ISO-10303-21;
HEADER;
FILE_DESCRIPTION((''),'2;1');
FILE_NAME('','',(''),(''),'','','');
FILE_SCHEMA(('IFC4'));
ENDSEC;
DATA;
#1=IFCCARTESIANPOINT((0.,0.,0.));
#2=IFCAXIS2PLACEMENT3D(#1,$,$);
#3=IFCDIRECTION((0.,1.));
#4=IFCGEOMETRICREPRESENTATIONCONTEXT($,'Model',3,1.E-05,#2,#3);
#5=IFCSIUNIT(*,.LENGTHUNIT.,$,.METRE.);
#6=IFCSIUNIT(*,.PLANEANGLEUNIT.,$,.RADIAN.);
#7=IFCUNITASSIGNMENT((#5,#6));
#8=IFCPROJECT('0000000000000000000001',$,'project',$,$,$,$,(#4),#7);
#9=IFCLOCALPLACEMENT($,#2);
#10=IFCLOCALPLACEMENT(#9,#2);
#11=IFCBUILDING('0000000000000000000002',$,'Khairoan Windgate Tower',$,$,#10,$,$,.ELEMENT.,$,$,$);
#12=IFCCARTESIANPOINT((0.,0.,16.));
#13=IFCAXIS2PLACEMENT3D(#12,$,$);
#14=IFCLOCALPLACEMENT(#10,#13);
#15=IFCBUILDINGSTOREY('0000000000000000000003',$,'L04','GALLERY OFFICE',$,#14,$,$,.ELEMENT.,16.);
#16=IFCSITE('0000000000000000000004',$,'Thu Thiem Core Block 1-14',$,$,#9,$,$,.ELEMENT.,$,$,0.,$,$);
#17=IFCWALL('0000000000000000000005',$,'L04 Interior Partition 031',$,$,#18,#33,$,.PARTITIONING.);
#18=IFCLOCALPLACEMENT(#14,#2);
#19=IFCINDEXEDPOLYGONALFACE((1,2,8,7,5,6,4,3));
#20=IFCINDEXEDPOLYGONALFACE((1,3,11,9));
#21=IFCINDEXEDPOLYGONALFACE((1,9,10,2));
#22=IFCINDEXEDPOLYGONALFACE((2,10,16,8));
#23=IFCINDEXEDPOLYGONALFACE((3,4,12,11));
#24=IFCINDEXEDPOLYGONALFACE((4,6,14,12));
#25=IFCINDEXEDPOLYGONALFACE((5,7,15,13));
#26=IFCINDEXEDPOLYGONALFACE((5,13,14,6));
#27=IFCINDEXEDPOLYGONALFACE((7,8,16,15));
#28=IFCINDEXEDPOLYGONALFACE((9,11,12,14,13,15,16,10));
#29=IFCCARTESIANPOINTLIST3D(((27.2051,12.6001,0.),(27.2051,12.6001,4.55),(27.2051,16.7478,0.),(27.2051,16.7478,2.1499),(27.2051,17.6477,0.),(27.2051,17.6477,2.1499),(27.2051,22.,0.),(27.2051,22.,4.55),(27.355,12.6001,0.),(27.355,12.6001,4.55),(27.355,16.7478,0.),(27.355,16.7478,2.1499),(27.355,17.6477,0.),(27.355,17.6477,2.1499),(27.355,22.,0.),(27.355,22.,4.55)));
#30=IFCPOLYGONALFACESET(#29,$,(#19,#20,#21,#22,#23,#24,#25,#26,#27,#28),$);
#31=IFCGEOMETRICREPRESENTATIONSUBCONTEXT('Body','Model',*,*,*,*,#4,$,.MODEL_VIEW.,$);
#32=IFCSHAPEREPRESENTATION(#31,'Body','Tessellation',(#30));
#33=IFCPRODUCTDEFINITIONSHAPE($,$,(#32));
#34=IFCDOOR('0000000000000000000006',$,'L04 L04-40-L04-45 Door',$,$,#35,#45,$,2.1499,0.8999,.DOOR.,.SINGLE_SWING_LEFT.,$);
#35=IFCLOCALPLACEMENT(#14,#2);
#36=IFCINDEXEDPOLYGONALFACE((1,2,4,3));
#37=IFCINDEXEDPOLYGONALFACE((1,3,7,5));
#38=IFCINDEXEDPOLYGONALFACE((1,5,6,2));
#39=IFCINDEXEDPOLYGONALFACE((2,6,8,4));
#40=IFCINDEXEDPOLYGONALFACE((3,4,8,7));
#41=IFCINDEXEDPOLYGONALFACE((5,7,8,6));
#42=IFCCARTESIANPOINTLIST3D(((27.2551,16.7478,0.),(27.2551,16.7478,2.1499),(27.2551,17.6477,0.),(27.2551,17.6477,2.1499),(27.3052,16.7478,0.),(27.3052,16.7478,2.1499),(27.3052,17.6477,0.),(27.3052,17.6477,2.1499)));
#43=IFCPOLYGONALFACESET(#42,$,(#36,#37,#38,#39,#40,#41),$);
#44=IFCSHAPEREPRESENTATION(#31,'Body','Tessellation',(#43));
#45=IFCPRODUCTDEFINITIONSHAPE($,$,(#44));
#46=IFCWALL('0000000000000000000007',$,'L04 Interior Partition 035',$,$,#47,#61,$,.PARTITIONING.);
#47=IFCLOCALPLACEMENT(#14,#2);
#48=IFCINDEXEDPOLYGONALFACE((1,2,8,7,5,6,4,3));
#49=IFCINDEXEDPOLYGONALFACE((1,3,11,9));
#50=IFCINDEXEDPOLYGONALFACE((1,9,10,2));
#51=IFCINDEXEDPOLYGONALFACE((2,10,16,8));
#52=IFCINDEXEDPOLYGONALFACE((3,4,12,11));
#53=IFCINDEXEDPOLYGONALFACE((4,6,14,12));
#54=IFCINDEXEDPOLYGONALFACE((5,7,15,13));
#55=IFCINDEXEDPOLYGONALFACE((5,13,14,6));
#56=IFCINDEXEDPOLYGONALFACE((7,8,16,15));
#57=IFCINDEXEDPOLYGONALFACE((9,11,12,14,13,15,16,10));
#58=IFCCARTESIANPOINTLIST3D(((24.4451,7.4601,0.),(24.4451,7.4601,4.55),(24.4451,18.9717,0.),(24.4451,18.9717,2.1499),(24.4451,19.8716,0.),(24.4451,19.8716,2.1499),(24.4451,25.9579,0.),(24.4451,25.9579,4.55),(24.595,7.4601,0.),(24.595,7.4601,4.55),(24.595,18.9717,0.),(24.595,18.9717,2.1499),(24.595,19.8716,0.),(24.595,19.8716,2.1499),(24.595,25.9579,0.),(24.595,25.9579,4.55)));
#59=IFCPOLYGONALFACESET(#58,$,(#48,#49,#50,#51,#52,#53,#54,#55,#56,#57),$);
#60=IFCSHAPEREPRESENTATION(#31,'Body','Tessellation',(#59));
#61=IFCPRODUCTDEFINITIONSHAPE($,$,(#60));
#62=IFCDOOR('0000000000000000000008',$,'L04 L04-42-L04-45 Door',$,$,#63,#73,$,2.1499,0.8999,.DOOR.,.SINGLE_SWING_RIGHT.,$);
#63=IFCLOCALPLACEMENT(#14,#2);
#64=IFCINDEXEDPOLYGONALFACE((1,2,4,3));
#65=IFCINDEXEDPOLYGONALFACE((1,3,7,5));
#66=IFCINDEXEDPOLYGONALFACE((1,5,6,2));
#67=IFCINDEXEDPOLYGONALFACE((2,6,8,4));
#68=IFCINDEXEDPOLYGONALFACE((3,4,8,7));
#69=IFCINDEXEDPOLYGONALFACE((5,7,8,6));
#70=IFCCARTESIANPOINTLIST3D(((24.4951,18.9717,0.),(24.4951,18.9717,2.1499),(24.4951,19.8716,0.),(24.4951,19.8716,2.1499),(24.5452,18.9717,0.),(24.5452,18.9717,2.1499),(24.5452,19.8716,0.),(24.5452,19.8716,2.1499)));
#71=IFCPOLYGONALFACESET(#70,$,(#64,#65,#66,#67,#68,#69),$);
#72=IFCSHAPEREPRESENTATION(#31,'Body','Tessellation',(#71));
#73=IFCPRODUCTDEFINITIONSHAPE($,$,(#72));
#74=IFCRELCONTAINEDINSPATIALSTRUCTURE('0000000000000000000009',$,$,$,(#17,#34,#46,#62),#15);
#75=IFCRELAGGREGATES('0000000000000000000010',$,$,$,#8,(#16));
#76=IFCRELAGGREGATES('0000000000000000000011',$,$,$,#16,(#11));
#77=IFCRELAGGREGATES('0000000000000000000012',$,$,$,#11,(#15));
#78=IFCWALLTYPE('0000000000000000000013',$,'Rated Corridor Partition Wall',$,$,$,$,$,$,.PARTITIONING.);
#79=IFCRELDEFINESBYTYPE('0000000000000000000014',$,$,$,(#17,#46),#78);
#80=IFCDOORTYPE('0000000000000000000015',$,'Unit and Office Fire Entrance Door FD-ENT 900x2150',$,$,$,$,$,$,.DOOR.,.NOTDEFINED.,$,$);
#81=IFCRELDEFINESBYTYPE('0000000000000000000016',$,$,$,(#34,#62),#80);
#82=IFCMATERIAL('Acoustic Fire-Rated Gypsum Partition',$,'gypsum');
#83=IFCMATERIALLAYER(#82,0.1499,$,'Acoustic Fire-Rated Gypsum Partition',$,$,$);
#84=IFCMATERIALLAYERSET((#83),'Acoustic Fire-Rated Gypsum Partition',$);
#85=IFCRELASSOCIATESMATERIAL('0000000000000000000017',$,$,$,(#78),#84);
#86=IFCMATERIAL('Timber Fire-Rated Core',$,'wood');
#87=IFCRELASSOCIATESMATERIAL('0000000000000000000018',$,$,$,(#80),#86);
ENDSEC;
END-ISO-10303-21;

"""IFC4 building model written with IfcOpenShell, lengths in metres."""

from ifc_helpers import new_model, si_unit, direction, frame, frame_2d, origin, place, context, subcontext, project, spatial, rectangle, extrude, material, layer, layer_set, type_object, element, fill, save


model = new_model("IFC4")

# Units and contexts
model_context = context("Model", 3, precision=1e-05, world=origin(), true_north=direction((0.0, 1.0)))
body_context = subcontext(model_context, "Body", "Model", "MODEL_VIEW")
ifc_project = project(units=[si_unit("LENGTHUNIT", "METRE"), si_unit("PLANEANGLEUNIT", "RADIAN")], contexts=[model_context])

# Site, building, storey
site_placement = place(None, origin())
site = spatial("IfcSite", under=ifc_project, at=site_placement, Name="Thu Thiem Core Block 1-14", CompositionType="ELEMENT", RefElevation=0.0)
building_placement = place(site_placement, origin())
building = spatial("IfcBuilding", under=site, at=building_placement, Name="Khairoan Windgate Tower", CompositionType="ELEMENT")
storey_placement = place(building_placement, frame((0.0, 0.0, 16.0)))
storey = spatial("IfcBuildingStorey", under=building, at=storey_placement, Name="L04", Description="GALLERY OFFICE", CompositionType="ELEMENT", Elevation=16.0)

# Walls, openings, doors
ifc_material_1 = material(Name="Acoustic Fire-Rated Gypsum Partition", Category="gypsum")
ifc_layer_1 = layer(ifc_material_1, 0.1499, Name="Acoustic Fire-Rated Gypsum Partition")
ifc_layer_set_1 = layer_set([ifc_layer_1], Name="Acoustic Fire-Rated Gypsum Partition")
wall_type_1 = type_object("IfcWallType", Name="Rated Corridor Partition Wall", PredefinedType="PARTITIONING", material=ifc_layer_set_1)
wall_1_placement = place(storey_placement, frame((27.28, 12.6001, 0.0), z_axis=(0.0, 0.0, 1.0), x_axis=(0.0, 1.0, 0.0)))
wall_1 = element("IfcWall", 1, at=wall_1_placement, inside=storey, type_object=wall_type_1, Name="L04 Interior Partition 031", PredefinedType="PARTITIONING", context=body_context, shape_type="SweptSolid", body=[
    extrude(rectangle(XDim=9.3999, YDim=0.1499, at=frame_2d((4.7, 0.0))), origin(), (0.0, 0.0, 1.0), 4.55),
])
opening_1_placement = place(wall_1_placement, frame((4.1477, 0.0, 0.0)))
opening_1 = element("IfcOpeningElement", 2, at=opening_1_placement, cuts=wall_1, PredefinedType="OPENING", context=body_context, shape_type="SweptSolid", body=[
    extrude(rectangle(XDim=0.8999, YDim=2.1499, at=frame_2d((0.45, 1.075))), frame((0.0, 0.085, 0.0), z_axis=(0.0, -1.0, 0.0), x_axis=(1.0, 0.0, 0.0)), (0.0, 0.0, 1.0), 0.1699),
])
ifc_material_2 = material(Name="Timber Fire-Rated Core", Category="wood")
door_type = type_object("IfcDoorType", Name="Unit and Office Fire Entrance Door FD-ENT 900x2150", OperationType="NOTDEFINED", PredefinedType="DOOR", material=ifc_material_2)
door_1_placement = place(opening_1_placement, origin())
door_1 = element("IfcDoor", 3, at=door_1_placement, inside=storey, type_object=door_type, Name="L04 L04-40-L04-45 Door", OperationType="SINGLE_SWING_LEFT", OverallHeight=2.1499, OverallWidth=0.8999, PredefinedType="DOOR", context=body_context, shape_type="SweptSolid", body=[
    extrude(rectangle(XDim=0.8999, YDim=2.1499, at=frame_2d((0.45, 1.075))), frame((0.0, 0.0249, 0.0), z_axis=(0.0, -1.0, 0.0), x_axis=(1.0, 0.0, 0.0)), (0.0, 0.0, 1.0), 0.05),
])
fill(opening_1, door_1)
wall_2_placement = place(storey_placement, frame((24.52, 7.46, 0.0), z_axis=(0.0, 0.0, 1.0), x_axis=(0.0, 1.0, 0.0)))
wall_2 = element("IfcWall", 4, at=wall_2_placement, inside=storey, type_object=wall_type_1, Name="L04 Interior Partition 035", PredefinedType="PARTITIONING", context=body_context, shape_type="SweptSolid", body=[
    extrude(rectangle(XDim=18.4978, YDim=0.1499, at=frame_2d((9.249, 0.0))), origin(), (0.0, 0.0, 1.0), 4.55),
])
opening_2_placement = place(wall_2_placement, frame((11.5117, 0.0, 0.0)))
opening_2 = element("IfcOpeningElement", 5, at=opening_2_placement, cuts=wall_2, PredefinedType="OPENING", context=body_context, shape_type="SweptSolid", body=[
    extrude(rectangle(XDim=0.8999, YDim=2.1499, at=frame_2d((0.45, 1.075))), frame((0.0, 0.085, 0.0), z_axis=(0.0, -1.0, 0.0), x_axis=(1.0, 0.0, 0.0)), (0.0, 0.0, 1.0), 0.1699),
])
door_2_placement = place(opening_2_placement, origin())
door_2 = element("IfcDoor", 6, at=door_2_placement, inside=storey, type_object=door_type, Name="L04 L04-42-L04-45 Door", OperationType="SINGLE_SWING_RIGHT", OverallHeight=2.1499, OverallWidth=0.8999, PredefinedType="DOOR", context=body_context, shape_type="SweptSolid", body=[
    extrude(rectangle(XDim=0.8999, YDim=2.1499, at=frame_2d((0.45, 1.075))), frame((0.0, 0.0249, 0.0), z_axis=(0.0, -1.0, 0.0), x_axis=(1.0, 0.0, 0.0)), (0.0, 0.0, 1.0), 0.05),
])
fill(opening_2, door_2)

save(model, "model.ifc")
